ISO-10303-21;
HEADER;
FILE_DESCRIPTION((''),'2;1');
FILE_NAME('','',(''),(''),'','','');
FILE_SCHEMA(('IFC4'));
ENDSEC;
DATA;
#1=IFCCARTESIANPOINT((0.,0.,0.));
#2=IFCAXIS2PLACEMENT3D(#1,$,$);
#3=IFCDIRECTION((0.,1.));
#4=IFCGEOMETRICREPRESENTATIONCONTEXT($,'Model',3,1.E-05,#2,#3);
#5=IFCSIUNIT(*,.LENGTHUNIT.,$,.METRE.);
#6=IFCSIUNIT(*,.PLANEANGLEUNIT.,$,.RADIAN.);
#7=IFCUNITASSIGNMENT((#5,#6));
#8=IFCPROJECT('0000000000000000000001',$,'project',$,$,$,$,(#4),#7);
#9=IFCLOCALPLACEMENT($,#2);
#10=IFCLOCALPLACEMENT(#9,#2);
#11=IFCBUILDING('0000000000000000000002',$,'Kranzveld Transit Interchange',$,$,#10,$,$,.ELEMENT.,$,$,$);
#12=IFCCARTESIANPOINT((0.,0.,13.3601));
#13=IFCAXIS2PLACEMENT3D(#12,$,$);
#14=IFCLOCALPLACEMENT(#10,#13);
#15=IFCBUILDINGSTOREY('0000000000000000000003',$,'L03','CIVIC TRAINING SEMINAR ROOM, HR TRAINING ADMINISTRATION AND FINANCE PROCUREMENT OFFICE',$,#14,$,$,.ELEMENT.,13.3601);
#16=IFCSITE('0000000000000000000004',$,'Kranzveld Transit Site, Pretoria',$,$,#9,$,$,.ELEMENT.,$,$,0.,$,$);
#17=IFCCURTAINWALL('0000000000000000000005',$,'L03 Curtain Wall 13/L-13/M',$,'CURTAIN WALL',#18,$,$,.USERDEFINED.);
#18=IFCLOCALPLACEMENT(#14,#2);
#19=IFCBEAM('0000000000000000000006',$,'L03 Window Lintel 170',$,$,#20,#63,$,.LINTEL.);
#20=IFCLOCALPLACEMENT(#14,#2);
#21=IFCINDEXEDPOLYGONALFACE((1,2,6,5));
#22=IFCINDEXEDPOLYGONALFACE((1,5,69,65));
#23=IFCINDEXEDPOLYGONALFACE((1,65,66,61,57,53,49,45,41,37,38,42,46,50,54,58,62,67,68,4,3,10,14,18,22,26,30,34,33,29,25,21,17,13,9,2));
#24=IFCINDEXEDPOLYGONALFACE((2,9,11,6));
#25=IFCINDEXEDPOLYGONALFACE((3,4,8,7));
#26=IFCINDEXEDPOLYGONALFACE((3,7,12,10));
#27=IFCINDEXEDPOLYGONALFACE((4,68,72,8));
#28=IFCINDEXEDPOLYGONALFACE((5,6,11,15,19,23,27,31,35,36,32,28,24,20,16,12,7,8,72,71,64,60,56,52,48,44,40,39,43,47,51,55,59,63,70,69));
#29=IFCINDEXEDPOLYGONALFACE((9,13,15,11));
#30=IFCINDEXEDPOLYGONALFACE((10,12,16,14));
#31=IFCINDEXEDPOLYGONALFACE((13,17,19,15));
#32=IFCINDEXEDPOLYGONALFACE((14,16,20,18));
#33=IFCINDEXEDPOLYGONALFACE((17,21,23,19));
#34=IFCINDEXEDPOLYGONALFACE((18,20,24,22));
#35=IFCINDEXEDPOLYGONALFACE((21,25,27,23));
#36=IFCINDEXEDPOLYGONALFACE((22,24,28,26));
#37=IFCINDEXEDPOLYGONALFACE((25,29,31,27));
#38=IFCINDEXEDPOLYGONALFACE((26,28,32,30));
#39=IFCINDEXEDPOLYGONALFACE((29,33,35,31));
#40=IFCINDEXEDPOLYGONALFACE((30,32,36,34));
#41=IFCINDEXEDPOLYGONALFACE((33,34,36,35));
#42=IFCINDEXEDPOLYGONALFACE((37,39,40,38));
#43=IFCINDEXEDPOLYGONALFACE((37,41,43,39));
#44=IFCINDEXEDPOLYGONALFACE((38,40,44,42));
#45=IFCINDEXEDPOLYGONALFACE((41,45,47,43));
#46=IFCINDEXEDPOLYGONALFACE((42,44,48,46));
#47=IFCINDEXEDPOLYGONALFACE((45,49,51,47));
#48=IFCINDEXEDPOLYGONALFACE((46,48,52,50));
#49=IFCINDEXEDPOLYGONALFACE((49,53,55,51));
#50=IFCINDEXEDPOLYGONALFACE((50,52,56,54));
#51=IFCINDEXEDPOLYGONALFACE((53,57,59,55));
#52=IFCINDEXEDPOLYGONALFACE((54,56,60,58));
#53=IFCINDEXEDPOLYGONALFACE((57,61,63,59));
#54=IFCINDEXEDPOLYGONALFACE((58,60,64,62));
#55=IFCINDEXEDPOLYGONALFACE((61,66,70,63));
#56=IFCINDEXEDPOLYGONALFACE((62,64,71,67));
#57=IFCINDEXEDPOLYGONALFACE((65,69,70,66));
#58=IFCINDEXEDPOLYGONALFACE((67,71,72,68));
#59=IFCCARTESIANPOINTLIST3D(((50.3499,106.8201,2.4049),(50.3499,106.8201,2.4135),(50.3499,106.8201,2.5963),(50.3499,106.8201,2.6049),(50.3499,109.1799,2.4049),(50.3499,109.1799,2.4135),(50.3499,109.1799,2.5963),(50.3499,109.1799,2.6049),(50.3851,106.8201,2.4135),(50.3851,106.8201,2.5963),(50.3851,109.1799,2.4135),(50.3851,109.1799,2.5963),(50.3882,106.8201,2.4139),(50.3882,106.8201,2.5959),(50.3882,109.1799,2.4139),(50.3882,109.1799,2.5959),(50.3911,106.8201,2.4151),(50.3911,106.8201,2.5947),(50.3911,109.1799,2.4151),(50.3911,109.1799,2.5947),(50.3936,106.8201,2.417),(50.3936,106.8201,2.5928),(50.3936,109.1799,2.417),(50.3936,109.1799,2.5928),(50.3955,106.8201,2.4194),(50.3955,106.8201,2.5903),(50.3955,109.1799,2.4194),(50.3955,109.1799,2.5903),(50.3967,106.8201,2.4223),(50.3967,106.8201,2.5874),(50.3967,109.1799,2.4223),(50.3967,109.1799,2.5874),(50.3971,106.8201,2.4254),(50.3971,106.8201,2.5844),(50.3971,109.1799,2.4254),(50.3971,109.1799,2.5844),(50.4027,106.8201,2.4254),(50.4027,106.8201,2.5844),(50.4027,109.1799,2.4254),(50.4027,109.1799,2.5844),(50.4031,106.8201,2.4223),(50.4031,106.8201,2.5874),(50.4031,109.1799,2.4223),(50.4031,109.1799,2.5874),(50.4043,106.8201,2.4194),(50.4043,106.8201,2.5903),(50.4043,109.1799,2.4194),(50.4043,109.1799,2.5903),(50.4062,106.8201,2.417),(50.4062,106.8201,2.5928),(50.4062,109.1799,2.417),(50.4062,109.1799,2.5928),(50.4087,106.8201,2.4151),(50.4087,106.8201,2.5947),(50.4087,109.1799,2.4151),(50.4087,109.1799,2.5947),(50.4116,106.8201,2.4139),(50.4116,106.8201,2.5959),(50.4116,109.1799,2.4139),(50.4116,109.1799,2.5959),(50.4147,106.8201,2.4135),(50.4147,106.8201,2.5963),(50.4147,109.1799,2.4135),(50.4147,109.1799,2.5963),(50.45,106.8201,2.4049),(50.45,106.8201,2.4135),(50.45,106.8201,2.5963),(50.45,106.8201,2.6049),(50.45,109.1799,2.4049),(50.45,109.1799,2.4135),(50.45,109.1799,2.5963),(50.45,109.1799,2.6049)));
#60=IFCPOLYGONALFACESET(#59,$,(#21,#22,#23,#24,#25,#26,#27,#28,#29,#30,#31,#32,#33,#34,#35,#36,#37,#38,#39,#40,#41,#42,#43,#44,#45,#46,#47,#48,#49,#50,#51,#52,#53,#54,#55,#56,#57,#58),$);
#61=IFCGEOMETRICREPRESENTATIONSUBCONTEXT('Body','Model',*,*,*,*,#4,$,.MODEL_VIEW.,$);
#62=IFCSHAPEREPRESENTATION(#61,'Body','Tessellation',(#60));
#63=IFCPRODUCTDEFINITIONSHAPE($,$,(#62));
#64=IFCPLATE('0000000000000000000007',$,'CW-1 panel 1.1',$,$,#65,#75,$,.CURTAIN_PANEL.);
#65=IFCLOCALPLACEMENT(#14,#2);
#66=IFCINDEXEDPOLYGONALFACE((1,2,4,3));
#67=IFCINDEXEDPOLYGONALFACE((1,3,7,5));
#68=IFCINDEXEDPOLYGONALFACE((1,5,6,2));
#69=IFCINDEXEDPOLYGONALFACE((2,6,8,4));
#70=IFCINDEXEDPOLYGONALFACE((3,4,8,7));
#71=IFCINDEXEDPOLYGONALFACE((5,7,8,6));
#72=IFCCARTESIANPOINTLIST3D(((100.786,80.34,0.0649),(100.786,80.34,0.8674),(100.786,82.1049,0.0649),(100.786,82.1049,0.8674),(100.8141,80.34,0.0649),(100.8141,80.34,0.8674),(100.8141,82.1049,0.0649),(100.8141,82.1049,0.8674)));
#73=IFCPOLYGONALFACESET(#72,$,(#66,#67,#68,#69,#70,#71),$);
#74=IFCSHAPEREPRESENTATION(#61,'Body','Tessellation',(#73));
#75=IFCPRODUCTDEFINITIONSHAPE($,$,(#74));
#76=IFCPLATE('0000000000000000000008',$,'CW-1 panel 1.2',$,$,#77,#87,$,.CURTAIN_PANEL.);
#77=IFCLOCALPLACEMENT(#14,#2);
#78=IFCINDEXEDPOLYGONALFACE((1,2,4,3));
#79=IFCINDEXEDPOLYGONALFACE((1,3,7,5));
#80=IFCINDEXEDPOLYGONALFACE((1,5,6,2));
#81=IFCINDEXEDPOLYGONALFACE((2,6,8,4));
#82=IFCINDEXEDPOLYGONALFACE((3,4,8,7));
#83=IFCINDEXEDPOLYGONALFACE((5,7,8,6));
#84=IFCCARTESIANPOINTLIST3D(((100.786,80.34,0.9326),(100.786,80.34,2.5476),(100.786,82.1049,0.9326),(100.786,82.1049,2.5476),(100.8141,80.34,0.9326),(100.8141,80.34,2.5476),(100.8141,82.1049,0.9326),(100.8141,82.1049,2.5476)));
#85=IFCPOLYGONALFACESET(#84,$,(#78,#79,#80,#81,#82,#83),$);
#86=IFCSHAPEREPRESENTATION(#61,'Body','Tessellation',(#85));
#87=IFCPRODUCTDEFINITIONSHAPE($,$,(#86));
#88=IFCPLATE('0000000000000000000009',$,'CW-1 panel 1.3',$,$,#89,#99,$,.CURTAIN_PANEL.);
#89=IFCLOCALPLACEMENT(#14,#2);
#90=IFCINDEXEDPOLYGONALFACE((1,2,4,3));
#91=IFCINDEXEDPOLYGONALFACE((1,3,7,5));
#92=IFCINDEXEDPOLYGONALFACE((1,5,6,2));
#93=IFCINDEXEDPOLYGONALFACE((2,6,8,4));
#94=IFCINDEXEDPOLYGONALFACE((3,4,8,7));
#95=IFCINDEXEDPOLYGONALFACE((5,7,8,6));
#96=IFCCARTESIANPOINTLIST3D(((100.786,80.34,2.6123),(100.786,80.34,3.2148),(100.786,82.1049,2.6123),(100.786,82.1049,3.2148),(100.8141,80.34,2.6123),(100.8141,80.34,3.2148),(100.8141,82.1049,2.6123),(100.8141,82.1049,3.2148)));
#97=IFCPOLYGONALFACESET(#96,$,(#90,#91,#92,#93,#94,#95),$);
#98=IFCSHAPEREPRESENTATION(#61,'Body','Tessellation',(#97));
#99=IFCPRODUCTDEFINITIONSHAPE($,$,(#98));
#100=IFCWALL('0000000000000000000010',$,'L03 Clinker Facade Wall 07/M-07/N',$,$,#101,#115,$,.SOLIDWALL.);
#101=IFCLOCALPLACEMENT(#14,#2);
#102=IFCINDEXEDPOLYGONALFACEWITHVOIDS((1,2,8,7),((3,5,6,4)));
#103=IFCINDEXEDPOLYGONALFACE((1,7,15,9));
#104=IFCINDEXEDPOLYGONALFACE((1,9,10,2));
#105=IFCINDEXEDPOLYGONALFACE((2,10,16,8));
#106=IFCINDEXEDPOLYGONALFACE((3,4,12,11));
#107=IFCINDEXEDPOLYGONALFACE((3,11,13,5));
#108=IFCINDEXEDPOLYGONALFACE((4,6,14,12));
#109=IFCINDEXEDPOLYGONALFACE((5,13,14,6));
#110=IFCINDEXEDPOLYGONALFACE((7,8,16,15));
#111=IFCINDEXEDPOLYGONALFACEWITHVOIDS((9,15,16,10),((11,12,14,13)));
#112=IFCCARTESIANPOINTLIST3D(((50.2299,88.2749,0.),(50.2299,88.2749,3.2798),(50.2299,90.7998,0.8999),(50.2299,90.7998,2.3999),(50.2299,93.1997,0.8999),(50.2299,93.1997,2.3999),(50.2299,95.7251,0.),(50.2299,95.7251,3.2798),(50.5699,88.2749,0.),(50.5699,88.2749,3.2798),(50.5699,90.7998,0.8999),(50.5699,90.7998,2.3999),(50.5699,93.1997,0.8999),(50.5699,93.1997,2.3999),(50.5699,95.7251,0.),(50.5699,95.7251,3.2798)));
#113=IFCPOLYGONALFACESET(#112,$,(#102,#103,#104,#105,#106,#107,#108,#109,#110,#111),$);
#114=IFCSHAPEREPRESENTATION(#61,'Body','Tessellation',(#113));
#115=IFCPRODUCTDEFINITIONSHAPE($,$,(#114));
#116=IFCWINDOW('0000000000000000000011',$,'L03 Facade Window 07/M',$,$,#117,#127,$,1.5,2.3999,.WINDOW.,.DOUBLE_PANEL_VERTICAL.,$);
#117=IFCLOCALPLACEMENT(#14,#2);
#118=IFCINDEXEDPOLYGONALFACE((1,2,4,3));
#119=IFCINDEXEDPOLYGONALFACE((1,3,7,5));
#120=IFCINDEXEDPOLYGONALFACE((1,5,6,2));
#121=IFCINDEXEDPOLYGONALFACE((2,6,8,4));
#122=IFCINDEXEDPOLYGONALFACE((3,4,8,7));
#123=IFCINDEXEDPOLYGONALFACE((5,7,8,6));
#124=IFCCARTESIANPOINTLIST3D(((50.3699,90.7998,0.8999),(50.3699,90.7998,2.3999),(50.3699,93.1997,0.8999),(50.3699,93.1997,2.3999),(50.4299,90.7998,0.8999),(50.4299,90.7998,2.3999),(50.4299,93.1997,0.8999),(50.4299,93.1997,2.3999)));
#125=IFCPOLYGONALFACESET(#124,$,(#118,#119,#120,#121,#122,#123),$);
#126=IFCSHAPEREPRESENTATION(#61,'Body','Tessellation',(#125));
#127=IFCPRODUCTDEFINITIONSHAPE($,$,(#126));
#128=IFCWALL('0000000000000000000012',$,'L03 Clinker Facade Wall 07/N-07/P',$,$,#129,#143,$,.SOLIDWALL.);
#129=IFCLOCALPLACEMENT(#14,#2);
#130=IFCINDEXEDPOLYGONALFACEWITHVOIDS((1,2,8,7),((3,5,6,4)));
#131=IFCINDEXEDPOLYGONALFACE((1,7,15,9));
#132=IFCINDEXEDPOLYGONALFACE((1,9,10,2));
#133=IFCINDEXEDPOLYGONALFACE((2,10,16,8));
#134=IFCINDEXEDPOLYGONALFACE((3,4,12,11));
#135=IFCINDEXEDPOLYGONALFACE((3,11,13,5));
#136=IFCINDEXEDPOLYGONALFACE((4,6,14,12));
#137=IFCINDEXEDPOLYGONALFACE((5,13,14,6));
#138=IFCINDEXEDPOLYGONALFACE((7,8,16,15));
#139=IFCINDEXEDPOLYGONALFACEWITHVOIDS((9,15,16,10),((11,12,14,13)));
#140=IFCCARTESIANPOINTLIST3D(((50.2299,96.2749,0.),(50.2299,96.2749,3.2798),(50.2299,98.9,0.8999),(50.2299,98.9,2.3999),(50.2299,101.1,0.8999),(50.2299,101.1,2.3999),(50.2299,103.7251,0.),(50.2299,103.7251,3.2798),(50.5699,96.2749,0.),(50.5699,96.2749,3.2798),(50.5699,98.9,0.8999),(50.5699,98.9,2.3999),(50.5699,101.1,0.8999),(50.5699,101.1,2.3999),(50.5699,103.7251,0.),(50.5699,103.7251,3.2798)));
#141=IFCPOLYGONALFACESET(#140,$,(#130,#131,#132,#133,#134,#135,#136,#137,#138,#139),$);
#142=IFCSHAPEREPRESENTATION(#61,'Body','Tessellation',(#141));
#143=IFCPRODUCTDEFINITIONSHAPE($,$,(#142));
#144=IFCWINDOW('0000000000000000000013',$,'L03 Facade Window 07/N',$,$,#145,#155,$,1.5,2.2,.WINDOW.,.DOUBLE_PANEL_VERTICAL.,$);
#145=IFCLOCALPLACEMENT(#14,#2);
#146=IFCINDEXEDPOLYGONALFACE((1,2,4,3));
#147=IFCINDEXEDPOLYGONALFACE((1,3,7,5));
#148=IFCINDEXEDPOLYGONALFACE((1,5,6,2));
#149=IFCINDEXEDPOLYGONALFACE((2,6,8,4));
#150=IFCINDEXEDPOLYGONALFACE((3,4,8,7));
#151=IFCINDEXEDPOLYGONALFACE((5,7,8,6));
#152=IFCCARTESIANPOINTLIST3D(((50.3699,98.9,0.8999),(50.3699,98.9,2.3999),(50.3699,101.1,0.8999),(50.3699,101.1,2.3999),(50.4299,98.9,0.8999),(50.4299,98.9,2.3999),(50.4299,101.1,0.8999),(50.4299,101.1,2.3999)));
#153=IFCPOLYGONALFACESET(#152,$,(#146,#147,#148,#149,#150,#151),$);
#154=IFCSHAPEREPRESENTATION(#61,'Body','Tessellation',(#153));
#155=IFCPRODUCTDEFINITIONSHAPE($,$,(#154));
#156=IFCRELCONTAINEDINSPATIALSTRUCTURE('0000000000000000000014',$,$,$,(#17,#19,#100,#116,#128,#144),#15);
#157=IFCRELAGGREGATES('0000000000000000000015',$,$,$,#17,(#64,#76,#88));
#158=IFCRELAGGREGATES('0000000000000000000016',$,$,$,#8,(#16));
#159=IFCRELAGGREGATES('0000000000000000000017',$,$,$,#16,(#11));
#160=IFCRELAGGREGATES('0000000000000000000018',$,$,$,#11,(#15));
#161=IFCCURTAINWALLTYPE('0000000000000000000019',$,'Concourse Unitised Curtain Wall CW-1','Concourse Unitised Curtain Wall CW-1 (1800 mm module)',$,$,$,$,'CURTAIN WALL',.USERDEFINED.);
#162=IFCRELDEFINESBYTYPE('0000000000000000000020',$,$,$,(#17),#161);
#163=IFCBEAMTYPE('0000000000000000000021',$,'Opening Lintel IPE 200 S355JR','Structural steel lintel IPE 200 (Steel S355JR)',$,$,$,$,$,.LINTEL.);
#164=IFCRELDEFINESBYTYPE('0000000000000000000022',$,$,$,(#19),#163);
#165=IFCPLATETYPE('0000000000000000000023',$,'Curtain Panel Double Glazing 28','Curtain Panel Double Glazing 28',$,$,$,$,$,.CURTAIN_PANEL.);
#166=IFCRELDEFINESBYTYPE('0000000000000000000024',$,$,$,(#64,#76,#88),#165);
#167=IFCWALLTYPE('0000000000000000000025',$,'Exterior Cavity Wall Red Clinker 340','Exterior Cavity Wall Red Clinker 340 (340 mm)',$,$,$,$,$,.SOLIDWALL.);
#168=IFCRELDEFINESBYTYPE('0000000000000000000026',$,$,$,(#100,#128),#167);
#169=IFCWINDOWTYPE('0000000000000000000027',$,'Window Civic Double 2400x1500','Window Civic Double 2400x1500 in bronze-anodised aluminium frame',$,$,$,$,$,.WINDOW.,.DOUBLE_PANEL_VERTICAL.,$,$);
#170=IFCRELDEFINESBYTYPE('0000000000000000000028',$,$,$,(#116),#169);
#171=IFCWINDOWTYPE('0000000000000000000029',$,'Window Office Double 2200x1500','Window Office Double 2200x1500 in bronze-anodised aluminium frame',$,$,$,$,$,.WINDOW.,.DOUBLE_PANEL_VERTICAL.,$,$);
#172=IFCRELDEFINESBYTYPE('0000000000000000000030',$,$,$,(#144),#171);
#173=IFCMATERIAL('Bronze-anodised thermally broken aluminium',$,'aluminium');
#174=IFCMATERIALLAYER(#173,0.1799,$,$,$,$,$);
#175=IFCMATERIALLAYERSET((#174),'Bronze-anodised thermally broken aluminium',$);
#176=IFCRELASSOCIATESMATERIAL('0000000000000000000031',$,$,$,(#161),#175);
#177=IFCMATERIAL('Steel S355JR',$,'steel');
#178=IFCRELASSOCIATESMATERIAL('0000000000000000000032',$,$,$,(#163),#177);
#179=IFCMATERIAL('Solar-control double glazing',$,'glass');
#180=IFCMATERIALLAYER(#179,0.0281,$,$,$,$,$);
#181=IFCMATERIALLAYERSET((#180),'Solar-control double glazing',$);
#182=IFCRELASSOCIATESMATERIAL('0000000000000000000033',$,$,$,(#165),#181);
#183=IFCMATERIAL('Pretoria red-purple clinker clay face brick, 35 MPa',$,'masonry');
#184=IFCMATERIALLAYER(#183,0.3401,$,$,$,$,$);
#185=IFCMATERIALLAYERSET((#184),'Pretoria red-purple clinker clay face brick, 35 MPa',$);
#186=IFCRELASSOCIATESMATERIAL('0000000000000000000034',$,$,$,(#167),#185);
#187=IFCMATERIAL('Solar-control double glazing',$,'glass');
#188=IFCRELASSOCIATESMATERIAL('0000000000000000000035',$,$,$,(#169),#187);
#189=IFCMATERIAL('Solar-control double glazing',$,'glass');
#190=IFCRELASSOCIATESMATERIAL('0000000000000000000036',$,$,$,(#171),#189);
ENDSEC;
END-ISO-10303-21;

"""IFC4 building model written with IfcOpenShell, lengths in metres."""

from ifc_helpers import new_model, si_unit, direction, frame, frame_2d, origin, origin_2d, place, context, subcontext, project, spatial, rectangle, i_section, extrude, material, layer, layer_set, material_profile, profile_set, type_object, element, fill, aggregate, save


model = new_model("IFC4")

# Units and contexts
model_context = context("Model", 3, precision=1e-05, world=origin(), true_north=direction((0.0, 1.0)))
body_context = subcontext(model_context, "Body", "Model", "MODEL_VIEW")
ifc_project = project(units=[si_unit("LENGTHUNIT", "METRE"), si_unit("PLANEANGLEUNIT", "RADIAN")], contexts=[model_context])

# Site, building, storey
site_placement = place(None, origin())
site = spatial("IfcSite", under=ifc_project, at=site_placement, Name="Kranzveld Transit Site, Pretoria", CompositionType="ELEMENT", RefElevation=0.0)
building_placement = place(site_placement, origin())
building = spatial("IfcBuilding", under=site, at=building_placement, Name="Kranzveld Transit Interchange", CompositionType="ELEMENT")
storey_placement = place(building_placement, frame((0.0, 0.0, 13.3601)))
storey = spatial("IfcBuildingStorey", under=building, at=storey_placement, Name="L03", Description="CIVIC TRAINING SEMINAR ROOM, HR TRAINING ADMINISTRATION AND FINANCE PROCUREMENT OFFICE", CompositionType="ELEMENT", Elevation=13.3601)

# Curtain wall
ifc_material_1 = material(Name="Bronze-anodised thermally broken aluminium", Category="aluminium")
ifc_layer_1 = layer(ifc_material_1, 0.1799)
ifc_layer_set_1 = layer_set([ifc_layer_1], Name="Bronze-anodised thermally broken aluminium")
curtain_wall_type = type_object("IfcCurtainWallType", Name="Concourse Unitised Curtain Wall CW-1", Description="Concourse Unitised Curtain Wall CW-1 (1800 mm module)", ElementType="CURTAIN WALL", PredefinedType="USERDEFINED", material=ifc_layer_set_1)
curtain_wall_placement = place(storey_placement, origin())
curtain_wall = element("IfcCurtainWall", 1, at=curtain_wall_placement, inside=storey, type_object=curtain_wall_type, Name="L03 Curtain Wall 13/L-13/M", ObjectType="CURTAIN WALL", PredefinedType="USERDEFINED")

# Beam
ifc_material_2 = material(Name="Steel S355JR", Category="steel")
ifc_material_profile_1 = material_profile(ifc_material_2, i_section(OverallWidth=0.1001, OverallDepth=0.2, WebThickness=0.0056, FlangeThickness=0.0085, FilletRadius=0.012, at=origin_2d()), Name="IPE 200")
ifc_profile_set_1 = profile_set([ifc_material_profile_1], Name="Steel S355JR")
beam_type_1 = type_object("IfcBeamType", Name="Opening Lintel IPE 200 S355JR", Description="Structural steel lintel IPE 200 (Steel S355JR)", PredefinedType="LINTEL", material=ifc_profile_set_1)
beam_1_placement = place(storey_placement, frame((50.3999, 106.8201, 2.5049), z_axis=(0.0, 1.0, 0.0), x_axis=(-1.0, 0.0, 0.0)))
element("IfcBeam", 2, at=beam_1_placement, inside=storey, type_object=beam_type_1, Name="L03 Window Lintel 170", PredefinedType="LINTEL", context=body_context, shape_type="SweptSolid", body=[
    extrude(i_section(OverallWidth=0.1001, OverallDepth=0.2, WebThickness=0.0056, FlangeThickness=0.0085, FilletRadius=0.012, at=origin_2d()), origin(), (0.0, 0.0, 1.0), 2.3599),
])

# Plates
ifc_material_3 = material(Name="Solar-control double glazing", Category="glass")
ifc_layer_2 = layer(ifc_material_3, 0.0281)
ifc_layer_set_2 = layer_set([ifc_layer_2], Name="Solar-control double glazing")
plate_type = type_object("IfcPlateType", Name="Curtain Panel Double Glazing 28", Description="Curtain Panel Double Glazing 28", PredefinedType="CURTAIN_PANEL", material=ifc_layer_set_2)
plate_1_placement = place(storey_placement, frame((100.8, 81.2224, 0.0649), z_axis=(0.0, 0.0, 1.0), x_axis=(0.0, 1.0, 0.0)))
plate_1 = element("IfcPlate", 3, at=plate_1_placement, type_object=plate_type, Name="CW-1 panel 1.1", PredefinedType="CURTAIN_PANEL", context=body_context, shape_type="SweptSolid", body=[
    extrude(rectangle(XDim=1.7649, YDim=0.0281, at=origin_2d()), origin(), (0.0, 0.0, 1.0), 0.8025),
])
plate_2_placement = place(storey_placement, frame((100.8, 81.2224, 0.9326), z_axis=(0.0, 0.0, 1.0), x_axis=(0.0, 1.0, 0.0)))
plate_2 = element("IfcPlate", 4, at=plate_2_placement, type_object=plate_type, Name="CW-1 panel 1.2", PredefinedType="CURTAIN_PANEL", context=body_context, shape_type="SweptSolid", body=[
    extrude(rectangle(XDim=1.7649, YDim=0.0281, at=origin_2d()), origin(), (0.0, 0.0, 1.0), 1.615),
])
plate_3_placement = place(storey_placement, frame((100.8, 81.2224, 2.6123), z_axis=(0.0, 0.0, 1.0), x_axis=(0.0, 1.0, 0.0)))
plate_3 = element("IfcPlate", 5, at=plate_3_placement, type_object=plate_type, Name="CW-1 panel 1.3", PredefinedType="CURTAIN_PANEL", context=body_context, shape_type="SweptSolid", body=[
    extrude(rectangle(XDim=1.7649, YDim=0.0281, at=origin_2d()), origin(), (0.0, 0.0, 1.0), 0.6025),
])
aggregate(curtain_wall, [plate_1, plate_2, plate_3])

# Walls, openings, windows
ifc_material_4 = material(Name="Pretoria red-purple clinker clay face brick, 35 MPa", Category="masonry")
ifc_layer_3 = layer(ifc_material_4, 0.3401)
ifc_layer_set_3 = layer_set([ifc_layer_3], Name="Pretoria red-purple clinker clay face brick, 35 MPa")
wall_type = type_object("IfcWallType", Name="Exterior Cavity Wall Red Clinker 340", Description="Exterior Cavity Wall Red Clinker 340 (340 mm)", PredefinedType="SOLIDWALL", material=ifc_layer_set_3)
wall_1_placement = place(storey_placement, frame((50.3999, 88.2749, 0.0), z_axis=(0.0, 0.0, 1.0), x_axis=(0.0, 1.0, 0.0)))
wall_1 = element("IfcWall", 6, at=wall_1_placement, inside=storey, type_object=wall_type, Name="L03 Clinker Facade Wall 07/M-07/N", PredefinedType="SOLIDWALL", context=body_context, shape_type="SweptSolid", body=[
    extrude(rectangle(XDim=7.4502, YDim=0.3401, at=frame_2d((3.7251, 0.0))), origin(), (0.0, 0.0, 1.0), 3.2798),
])
opening_1_placement = place(wall_1_placement, frame((2.5249, 0.0, 0.8999), z_axis=(0.0, 0.0, 1.0), x_axis=(1.0, 0.0, 0.0)))
opening_1 = element("IfcOpeningElement", 7, at=opening_1_placement, cuts=wall_1, PredefinedType="OPENING", context=body_context, shape_type="SweptSolid", body=[
    extrude(rectangle(XDim=2.3999, YDim=1.5, at=frame_2d((1.2, 0.75))), frame((0.0, 0.1799, 0.0), z_axis=(0.0, -1.0, 0.0), x_axis=(1.0, 0.0, 0.0)), (0.0, 0.0, 1.0), 0.3601),
])
ifc_material_5 = material(Name="Solar-control double glazing", Category="glass")
window_type_1 = type_object("IfcWindowType", Name="Window Civic Double 2400x1500", Description="Window Civic Double 2400x1500 in bronze-anodised aluminium frame", PartitioningType="DOUBLE_PANEL_VERTICAL", PredefinedType="WINDOW", material=ifc_material_5)
window_1_placement = place(opening_1_placement, origin())
window_1 = element("IfcWindow", 8, at=window_1_placement, inside=storey, type_object=window_type_1, Name="L03 Facade Window 07/M", OverallHeight=1.5, OverallWidth=2.3999, PartitioningType="DOUBLE_PANEL_VERTICAL", PredefinedType="WINDOW", context=body_context, shape_type="SweptSolid", body=[
    extrude(rectangle(XDim=2.3999, YDim=1.5, at=frame_2d((1.2, 0.75))), frame((0.0, 0.03, 0.0), z_axis=(0.0, -1.0, 0.0), x_axis=(1.0, 0.0, 0.0)), (0.0, 0.0, 1.0), 0.0601),
])
fill(opening_1, window_1)
wall_2_placement = place(storey_placement, frame((50.3999, 96.2749, 0.0), z_axis=(0.0, 0.0, 1.0), x_axis=(0.0, 1.0, 0.0)))
wall_2 = element("IfcWall", 9, at=wall_2_placement, inside=storey, type_object=wall_type, Name="L03 Clinker Facade Wall 07/N-07/P", PredefinedType="SOLIDWALL", context=body_context, shape_type="SweptSolid", body=[
    extrude(rectangle(XDim=7.4502, YDim=0.3401, at=frame_2d((3.7251, 0.0))), origin(), (0.0, 0.0, 1.0), 3.2798),
])
opening_2_placement = place(wall_2_placement, frame((2.625, 0.0, 0.8999), z_axis=(0.0, 0.0, 1.0), x_axis=(1.0, 0.0, 0.0)))
opening_2 = element("IfcOpeningElement", 10, at=opening_2_placement, cuts=wall_2, PredefinedType="OPENING", context=body_context, shape_type="SweptSolid", body=[
    extrude(rectangle(XDim=2.2, YDim=1.5, at=frame_2d((1.1001, 0.75))), frame((0.0, 0.1799, 0.0), z_axis=(0.0, -1.0, 0.0), x_axis=(1.0, 0.0, 0.0)), (0.0, 0.0, 1.0), 0.3601),
])
ifc_material_6 = material(Name="Solar-control double glazing", Category="glass")
window_type_2 = type_object("IfcWindowType", Name="Window Office Double 2200x1500", Description="Window Office Double 2200x1500 in bronze-anodised aluminium frame", PartitioningType="DOUBLE_PANEL_VERTICAL", PredefinedType="WINDOW", material=ifc_material_6)
window_2_placement = place(opening_2_placement, origin())
window_2 = element("IfcWindow", 11, at=window_2_placement, inside=storey, type_object=window_type_2, Name="L03 Facade Window 07/N", OverallHeight=1.5, OverallWidth=2.2, PartitioningType="DOUBLE_PANEL_VERTICAL", PredefinedType="WINDOW", context=body_context, shape_type="SweptSolid", body=[
    extrude(rectangle(XDim=2.2, YDim=1.5, at=frame_2d((1.1001, 0.75))), frame((0.0, 0.03, 0.0), z_axis=(0.0, -1.0, 0.0), x_axis=(1.0, 0.0, 0.0)), (0.0, 0.0, 1.0), 0.0601),
])
fill(opening_2, window_2)

save(model, "model.ifc")
